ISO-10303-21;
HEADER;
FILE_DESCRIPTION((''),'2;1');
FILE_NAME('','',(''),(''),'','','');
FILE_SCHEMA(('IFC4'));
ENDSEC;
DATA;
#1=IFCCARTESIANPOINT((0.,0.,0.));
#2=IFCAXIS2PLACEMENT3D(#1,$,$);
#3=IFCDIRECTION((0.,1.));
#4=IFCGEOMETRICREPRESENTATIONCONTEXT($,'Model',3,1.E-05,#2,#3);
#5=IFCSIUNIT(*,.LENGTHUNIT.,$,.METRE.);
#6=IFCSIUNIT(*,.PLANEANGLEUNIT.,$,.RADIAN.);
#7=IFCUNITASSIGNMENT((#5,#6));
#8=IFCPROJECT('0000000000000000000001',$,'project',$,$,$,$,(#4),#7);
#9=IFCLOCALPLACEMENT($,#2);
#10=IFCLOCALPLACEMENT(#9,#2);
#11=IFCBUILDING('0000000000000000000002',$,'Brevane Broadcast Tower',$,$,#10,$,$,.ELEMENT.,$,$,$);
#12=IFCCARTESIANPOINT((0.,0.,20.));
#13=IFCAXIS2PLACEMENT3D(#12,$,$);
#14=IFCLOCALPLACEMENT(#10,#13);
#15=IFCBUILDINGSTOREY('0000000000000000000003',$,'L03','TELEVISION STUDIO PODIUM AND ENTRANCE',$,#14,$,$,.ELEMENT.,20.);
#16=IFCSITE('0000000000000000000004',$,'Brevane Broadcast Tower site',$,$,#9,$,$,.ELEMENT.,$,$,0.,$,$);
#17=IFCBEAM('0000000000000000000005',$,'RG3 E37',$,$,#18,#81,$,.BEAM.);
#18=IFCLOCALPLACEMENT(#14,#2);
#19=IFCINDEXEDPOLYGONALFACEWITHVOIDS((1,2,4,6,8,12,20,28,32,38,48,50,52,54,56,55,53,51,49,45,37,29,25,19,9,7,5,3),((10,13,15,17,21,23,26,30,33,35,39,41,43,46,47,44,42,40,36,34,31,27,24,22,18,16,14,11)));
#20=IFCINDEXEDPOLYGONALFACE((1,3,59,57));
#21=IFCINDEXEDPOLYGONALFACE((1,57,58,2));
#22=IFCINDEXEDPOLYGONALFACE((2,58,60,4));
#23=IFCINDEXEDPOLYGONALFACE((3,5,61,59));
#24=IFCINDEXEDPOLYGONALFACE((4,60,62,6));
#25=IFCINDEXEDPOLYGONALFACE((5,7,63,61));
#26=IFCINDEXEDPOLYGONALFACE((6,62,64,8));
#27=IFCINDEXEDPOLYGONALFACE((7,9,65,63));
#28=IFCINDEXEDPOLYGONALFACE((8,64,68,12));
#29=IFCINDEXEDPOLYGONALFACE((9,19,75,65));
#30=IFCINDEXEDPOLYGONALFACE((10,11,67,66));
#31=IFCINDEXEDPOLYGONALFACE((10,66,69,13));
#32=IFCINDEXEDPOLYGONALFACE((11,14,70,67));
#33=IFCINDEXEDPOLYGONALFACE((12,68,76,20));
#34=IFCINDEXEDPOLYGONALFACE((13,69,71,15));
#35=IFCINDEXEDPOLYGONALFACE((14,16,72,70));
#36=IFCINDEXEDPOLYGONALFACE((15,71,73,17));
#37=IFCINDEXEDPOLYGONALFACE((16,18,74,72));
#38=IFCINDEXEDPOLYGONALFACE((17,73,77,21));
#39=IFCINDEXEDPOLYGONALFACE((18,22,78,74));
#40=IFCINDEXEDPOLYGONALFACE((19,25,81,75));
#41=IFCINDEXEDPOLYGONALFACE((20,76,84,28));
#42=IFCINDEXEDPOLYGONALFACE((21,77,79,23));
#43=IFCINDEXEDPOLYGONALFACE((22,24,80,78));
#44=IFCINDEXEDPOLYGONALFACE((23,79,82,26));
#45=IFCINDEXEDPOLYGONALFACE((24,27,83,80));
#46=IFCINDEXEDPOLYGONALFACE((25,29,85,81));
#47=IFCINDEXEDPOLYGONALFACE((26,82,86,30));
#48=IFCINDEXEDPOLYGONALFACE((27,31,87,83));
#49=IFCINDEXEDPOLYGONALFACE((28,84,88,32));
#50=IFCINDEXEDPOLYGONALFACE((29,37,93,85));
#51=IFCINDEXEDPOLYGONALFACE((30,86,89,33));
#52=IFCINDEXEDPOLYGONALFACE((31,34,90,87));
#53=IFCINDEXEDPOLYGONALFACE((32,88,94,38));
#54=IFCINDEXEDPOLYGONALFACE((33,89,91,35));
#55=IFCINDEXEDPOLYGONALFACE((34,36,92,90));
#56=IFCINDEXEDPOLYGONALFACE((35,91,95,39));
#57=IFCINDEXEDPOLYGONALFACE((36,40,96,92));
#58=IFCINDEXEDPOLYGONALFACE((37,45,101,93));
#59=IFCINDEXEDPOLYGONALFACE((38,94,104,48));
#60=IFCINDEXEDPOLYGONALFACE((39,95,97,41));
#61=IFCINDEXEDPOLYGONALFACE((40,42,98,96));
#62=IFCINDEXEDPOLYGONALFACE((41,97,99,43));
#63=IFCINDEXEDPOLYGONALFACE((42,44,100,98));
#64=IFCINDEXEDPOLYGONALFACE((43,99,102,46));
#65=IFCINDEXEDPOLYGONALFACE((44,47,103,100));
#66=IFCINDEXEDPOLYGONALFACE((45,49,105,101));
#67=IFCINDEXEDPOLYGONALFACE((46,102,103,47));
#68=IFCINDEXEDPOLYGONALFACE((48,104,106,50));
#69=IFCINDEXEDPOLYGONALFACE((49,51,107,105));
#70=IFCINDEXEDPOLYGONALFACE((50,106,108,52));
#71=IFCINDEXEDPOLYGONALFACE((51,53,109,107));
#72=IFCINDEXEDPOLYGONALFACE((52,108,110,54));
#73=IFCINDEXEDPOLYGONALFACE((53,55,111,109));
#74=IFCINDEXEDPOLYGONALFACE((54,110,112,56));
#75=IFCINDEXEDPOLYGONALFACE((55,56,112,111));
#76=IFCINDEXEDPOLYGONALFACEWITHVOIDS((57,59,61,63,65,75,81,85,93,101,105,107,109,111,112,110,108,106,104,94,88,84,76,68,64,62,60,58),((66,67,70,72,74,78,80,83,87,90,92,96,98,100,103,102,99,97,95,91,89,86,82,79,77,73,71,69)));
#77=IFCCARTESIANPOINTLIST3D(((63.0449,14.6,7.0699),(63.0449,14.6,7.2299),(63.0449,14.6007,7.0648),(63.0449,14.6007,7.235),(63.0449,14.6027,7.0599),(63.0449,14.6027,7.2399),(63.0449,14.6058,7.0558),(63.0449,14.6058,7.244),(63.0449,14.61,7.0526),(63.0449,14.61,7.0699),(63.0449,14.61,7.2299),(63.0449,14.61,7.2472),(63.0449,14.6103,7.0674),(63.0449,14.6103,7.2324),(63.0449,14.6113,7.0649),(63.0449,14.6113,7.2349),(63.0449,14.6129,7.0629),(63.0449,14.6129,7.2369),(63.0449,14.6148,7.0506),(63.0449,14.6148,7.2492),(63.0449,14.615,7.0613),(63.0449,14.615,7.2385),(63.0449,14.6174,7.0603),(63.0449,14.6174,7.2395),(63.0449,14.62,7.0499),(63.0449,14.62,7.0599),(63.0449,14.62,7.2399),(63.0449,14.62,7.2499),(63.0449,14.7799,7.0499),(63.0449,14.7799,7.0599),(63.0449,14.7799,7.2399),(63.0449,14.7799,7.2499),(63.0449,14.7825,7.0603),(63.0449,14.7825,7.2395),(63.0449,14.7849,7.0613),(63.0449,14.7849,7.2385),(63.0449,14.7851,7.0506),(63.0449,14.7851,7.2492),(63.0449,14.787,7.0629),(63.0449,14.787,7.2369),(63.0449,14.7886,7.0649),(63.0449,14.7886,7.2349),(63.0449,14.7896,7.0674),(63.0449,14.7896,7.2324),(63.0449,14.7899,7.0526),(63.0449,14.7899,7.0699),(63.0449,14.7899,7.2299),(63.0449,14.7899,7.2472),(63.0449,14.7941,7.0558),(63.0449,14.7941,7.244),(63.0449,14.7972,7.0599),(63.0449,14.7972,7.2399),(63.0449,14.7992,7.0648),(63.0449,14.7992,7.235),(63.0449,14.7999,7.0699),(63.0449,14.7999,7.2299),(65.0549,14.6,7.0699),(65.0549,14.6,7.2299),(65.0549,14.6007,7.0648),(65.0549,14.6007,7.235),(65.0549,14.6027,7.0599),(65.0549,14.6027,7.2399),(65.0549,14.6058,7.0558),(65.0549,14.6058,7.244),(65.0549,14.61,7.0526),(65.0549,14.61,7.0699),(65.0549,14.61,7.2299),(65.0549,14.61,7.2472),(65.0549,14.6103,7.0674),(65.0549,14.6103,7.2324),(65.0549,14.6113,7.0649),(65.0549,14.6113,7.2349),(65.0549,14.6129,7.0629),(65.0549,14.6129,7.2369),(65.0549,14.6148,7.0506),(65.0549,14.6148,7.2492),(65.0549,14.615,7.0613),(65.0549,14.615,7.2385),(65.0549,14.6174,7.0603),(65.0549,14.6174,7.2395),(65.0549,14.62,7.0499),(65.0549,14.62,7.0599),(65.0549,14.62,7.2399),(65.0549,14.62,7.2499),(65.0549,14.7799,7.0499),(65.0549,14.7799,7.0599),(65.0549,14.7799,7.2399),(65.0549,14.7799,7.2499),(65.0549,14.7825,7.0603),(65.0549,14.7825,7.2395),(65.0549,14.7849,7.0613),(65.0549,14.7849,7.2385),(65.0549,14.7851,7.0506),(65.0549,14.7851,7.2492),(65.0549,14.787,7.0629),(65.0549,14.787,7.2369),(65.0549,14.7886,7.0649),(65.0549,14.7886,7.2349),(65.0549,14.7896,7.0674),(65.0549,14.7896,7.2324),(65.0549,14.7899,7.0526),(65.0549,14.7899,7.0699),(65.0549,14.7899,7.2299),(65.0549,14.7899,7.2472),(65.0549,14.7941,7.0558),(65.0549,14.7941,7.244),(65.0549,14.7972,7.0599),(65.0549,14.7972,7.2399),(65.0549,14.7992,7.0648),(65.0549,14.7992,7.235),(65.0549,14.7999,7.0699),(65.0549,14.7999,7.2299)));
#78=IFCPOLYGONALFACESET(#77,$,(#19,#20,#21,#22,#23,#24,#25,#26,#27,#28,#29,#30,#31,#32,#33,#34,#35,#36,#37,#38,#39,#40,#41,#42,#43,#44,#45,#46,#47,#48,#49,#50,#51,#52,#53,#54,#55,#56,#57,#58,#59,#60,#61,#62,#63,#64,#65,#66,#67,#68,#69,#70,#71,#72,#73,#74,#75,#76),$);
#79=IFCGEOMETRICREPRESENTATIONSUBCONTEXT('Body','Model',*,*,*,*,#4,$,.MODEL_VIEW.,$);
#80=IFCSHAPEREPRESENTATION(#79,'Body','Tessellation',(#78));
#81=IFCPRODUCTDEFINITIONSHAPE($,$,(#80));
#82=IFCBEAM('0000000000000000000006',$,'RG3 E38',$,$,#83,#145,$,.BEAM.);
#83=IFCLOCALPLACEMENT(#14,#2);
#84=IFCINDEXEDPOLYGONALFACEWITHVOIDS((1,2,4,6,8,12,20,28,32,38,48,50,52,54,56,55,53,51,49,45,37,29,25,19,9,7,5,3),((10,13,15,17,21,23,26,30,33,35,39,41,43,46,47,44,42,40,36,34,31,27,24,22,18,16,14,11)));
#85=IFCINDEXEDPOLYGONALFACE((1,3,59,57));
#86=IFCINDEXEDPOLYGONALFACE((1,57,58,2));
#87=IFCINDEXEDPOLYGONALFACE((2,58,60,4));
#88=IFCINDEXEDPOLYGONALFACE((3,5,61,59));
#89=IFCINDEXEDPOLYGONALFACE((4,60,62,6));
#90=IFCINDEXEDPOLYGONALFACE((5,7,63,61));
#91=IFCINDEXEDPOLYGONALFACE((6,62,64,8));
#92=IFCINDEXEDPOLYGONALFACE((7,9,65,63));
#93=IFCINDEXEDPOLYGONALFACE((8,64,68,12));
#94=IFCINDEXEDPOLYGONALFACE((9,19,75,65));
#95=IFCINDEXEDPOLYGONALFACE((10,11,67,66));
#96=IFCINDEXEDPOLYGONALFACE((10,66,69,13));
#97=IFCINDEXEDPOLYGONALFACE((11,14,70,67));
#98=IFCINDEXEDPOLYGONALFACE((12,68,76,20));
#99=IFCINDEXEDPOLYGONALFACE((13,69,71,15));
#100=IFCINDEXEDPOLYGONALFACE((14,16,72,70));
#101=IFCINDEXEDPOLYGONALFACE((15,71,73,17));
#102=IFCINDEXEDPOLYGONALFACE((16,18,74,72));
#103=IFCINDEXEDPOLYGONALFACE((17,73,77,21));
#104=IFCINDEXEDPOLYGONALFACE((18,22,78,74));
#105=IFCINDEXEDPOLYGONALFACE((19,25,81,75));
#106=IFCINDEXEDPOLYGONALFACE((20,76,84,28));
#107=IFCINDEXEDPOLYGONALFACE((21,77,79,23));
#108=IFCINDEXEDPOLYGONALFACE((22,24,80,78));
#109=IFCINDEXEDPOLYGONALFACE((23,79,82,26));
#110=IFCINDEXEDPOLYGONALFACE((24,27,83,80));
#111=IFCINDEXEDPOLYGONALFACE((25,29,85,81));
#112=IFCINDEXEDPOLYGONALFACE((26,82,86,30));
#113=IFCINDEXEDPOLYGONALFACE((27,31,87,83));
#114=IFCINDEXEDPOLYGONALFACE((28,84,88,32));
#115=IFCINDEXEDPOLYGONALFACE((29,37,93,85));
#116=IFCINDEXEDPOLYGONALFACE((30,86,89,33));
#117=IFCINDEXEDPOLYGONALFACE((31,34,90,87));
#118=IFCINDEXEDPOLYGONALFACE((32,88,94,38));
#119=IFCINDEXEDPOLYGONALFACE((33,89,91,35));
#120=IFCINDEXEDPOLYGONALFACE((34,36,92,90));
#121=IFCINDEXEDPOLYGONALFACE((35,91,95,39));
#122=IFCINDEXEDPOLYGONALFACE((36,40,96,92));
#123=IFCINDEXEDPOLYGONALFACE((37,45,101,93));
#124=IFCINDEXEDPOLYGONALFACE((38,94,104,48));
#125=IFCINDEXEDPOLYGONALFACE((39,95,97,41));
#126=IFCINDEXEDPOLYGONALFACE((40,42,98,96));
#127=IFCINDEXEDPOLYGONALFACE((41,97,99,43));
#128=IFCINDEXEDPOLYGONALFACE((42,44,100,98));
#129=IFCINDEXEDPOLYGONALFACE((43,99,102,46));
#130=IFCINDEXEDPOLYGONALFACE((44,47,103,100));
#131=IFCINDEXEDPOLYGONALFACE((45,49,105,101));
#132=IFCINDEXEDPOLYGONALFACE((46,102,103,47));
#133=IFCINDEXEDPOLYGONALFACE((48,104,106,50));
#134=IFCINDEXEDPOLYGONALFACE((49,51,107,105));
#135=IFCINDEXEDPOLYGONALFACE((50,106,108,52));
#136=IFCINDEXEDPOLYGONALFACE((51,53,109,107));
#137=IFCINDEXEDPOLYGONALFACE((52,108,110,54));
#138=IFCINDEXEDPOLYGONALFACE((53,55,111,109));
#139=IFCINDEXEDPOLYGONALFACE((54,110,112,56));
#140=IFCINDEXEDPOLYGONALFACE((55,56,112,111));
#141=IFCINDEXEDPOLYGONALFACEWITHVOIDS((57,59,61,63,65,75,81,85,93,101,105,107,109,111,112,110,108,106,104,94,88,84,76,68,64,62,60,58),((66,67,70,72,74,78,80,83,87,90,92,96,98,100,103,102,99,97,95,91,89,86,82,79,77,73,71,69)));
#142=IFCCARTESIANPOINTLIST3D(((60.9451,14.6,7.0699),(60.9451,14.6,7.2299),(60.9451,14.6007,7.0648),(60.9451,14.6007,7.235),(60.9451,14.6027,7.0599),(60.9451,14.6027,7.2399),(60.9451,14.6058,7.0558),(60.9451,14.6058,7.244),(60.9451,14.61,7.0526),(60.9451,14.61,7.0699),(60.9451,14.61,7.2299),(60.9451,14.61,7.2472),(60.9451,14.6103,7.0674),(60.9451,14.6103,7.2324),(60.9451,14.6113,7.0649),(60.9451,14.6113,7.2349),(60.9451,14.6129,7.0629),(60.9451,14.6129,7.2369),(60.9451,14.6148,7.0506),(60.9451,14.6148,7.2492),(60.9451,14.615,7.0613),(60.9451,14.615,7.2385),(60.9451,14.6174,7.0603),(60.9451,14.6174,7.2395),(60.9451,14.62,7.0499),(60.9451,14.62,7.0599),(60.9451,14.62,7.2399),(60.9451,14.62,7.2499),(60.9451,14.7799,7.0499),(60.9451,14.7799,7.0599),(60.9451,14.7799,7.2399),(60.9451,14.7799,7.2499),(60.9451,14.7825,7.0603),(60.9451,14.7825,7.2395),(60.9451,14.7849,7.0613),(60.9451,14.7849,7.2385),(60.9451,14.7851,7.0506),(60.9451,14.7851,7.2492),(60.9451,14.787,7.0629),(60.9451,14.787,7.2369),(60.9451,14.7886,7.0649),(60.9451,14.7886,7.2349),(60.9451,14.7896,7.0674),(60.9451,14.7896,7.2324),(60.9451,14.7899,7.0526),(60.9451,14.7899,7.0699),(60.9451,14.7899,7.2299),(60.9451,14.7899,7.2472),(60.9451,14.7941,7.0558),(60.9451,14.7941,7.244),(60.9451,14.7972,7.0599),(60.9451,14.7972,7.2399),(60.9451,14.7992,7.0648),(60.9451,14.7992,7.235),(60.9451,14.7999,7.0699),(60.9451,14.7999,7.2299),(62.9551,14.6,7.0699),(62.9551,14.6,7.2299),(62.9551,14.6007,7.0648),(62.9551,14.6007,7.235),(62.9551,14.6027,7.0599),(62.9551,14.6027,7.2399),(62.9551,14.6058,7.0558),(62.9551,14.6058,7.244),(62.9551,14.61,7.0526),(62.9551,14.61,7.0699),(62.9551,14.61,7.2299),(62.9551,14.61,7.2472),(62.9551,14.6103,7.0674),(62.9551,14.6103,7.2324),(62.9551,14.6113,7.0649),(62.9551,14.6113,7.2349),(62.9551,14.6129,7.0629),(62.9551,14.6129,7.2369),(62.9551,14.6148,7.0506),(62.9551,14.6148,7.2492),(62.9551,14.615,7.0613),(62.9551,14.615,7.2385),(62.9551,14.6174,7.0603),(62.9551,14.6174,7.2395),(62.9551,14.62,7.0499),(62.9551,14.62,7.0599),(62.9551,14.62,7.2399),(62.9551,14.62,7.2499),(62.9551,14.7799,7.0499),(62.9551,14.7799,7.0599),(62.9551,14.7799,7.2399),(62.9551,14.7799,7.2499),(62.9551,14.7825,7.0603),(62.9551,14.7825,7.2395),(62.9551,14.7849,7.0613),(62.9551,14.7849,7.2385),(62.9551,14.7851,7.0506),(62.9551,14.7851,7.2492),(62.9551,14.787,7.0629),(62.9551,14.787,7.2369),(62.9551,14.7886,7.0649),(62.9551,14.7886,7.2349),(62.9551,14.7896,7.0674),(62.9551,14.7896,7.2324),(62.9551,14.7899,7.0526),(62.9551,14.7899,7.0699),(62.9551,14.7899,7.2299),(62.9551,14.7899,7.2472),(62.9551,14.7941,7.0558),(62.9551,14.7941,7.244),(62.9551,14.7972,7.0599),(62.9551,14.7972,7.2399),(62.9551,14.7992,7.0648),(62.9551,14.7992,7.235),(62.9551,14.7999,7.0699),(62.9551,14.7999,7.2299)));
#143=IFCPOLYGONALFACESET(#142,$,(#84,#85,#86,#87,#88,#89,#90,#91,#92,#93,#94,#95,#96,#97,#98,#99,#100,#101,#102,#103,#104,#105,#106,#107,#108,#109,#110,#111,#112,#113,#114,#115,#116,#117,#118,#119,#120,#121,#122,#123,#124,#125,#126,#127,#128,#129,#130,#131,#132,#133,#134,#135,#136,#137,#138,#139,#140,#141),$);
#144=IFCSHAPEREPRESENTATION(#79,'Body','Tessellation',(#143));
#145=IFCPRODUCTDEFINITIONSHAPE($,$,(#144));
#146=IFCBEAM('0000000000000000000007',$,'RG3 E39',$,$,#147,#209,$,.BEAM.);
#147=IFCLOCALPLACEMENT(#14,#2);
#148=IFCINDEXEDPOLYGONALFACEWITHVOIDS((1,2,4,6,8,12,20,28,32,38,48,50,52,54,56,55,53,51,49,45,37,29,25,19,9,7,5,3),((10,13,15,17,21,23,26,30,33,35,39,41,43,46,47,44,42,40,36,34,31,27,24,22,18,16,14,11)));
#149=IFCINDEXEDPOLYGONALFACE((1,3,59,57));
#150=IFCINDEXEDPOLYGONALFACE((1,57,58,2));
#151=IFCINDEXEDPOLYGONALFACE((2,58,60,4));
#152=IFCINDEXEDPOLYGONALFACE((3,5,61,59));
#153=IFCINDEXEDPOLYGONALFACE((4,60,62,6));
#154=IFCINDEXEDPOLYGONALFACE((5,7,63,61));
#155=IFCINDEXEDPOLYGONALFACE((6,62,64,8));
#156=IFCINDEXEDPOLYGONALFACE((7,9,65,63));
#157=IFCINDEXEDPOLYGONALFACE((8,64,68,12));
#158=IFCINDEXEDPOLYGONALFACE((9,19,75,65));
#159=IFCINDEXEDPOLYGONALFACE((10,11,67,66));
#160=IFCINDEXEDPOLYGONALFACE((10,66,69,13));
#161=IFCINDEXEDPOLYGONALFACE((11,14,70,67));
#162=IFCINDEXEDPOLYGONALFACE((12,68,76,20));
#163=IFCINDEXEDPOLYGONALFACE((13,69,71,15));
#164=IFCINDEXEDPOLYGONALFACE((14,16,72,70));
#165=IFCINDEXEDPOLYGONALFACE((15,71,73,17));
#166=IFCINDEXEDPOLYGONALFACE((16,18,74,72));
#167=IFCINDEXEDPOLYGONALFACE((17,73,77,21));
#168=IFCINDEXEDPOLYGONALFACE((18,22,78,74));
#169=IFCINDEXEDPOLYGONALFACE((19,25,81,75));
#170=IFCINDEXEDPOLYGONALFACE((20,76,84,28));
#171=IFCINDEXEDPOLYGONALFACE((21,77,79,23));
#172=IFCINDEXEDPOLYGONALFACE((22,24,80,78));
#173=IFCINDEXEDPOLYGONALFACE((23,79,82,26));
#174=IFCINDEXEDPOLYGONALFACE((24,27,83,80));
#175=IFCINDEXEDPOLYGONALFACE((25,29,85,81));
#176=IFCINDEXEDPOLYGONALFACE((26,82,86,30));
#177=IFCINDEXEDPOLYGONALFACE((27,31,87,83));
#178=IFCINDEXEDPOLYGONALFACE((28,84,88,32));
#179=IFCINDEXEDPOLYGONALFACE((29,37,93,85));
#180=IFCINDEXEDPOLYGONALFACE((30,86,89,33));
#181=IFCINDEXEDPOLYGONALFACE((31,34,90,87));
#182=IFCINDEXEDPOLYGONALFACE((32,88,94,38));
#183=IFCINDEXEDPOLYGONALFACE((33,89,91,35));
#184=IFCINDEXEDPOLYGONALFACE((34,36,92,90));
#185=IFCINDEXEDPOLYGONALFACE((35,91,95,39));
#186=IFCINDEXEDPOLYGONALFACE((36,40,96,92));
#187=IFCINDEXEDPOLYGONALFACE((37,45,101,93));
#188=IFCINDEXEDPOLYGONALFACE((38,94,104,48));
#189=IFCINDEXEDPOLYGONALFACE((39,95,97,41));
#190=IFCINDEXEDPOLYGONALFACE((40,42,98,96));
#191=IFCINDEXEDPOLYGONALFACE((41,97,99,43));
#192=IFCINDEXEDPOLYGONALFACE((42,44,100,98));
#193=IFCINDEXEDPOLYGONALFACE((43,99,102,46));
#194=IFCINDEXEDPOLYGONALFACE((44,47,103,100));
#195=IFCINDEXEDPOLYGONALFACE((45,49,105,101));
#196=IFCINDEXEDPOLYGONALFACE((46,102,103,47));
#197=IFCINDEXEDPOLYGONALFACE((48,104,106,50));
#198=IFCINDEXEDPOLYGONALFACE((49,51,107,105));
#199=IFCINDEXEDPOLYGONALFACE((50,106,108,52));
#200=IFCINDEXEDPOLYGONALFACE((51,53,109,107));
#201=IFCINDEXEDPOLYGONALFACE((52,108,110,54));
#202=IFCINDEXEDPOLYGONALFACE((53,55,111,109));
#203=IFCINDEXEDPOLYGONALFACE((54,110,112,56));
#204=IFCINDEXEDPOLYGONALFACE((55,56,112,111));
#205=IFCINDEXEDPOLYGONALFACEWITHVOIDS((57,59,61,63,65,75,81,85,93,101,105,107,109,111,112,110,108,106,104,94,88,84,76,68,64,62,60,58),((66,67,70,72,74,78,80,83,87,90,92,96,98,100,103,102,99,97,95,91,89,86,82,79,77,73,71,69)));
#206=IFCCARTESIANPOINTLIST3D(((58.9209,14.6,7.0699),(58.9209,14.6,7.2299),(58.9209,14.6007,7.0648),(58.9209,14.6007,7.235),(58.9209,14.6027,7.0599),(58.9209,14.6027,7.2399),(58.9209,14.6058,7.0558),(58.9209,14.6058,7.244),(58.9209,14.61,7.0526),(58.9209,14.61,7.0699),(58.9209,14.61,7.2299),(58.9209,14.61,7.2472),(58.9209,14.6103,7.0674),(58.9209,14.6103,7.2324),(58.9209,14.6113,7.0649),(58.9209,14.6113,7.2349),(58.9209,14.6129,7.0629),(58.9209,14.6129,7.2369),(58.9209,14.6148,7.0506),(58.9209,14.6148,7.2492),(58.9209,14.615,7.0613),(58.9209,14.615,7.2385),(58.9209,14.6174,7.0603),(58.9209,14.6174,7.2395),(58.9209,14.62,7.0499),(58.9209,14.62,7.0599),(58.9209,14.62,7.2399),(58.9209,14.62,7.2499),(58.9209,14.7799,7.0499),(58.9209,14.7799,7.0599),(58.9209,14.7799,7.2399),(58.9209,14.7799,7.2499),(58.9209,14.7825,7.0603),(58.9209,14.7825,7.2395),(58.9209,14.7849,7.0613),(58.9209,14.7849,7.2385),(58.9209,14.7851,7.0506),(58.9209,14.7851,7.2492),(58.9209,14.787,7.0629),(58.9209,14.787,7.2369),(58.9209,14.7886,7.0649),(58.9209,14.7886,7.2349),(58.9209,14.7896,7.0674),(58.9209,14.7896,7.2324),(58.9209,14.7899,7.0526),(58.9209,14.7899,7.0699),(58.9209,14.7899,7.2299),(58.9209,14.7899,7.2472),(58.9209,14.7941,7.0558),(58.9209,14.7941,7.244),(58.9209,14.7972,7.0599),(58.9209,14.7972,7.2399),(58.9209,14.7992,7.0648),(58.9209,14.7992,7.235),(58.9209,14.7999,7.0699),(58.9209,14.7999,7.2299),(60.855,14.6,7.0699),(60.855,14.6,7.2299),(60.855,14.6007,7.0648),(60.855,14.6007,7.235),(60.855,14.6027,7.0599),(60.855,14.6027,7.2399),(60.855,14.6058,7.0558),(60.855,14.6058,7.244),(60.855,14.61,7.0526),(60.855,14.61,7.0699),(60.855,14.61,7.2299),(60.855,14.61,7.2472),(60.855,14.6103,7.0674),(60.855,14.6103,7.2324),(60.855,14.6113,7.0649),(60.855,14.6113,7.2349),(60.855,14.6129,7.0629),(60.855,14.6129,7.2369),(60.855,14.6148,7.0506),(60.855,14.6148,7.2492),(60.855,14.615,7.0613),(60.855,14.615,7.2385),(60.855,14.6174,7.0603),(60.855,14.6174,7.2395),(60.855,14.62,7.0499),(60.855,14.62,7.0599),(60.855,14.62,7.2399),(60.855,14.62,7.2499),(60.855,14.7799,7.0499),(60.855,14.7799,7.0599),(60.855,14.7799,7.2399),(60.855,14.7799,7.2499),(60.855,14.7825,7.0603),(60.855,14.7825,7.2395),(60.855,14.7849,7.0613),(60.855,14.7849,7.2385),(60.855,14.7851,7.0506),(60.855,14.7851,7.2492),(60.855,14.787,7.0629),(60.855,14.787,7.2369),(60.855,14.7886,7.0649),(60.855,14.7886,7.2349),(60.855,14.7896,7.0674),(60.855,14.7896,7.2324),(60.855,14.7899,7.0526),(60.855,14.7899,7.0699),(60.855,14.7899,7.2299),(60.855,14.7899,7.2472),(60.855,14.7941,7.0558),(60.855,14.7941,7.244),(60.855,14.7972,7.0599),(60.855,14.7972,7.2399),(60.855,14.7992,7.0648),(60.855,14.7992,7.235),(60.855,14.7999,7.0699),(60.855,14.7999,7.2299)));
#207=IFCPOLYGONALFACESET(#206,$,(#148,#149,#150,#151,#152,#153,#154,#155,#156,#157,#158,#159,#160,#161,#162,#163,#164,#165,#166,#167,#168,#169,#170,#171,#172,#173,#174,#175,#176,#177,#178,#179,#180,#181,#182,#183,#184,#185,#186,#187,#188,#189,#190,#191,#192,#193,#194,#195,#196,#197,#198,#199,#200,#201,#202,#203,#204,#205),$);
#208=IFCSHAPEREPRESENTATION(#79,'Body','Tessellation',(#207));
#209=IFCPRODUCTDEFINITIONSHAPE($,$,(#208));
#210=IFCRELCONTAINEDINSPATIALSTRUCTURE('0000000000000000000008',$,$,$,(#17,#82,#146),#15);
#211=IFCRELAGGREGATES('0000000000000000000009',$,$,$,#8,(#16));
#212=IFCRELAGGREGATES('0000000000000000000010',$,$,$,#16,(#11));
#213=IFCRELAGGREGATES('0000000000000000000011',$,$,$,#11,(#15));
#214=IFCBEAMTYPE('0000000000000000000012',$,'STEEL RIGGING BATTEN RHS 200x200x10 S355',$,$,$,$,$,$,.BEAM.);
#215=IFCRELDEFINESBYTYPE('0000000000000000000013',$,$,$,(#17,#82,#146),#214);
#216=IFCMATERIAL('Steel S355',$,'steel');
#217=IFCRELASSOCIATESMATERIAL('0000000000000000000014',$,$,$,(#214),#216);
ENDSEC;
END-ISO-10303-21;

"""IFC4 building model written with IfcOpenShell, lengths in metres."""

from ifc_helpers import new_model, si_unit, direction, frame, origin, origin_2d, place, context, subcontext, project, spatial, hollow_rectangle, extrude, material, material_profile, profile_set, type_object, element, save


model = new_model("IFC4")

# Units and contexts
model_context = context("Model", 3, precision=1e-05, world=origin(), true_north=direction((0.0, 1.0)))
body_context = subcontext(model_context, "Body", "Model", "MODEL_VIEW")
ifc_project = project(units=[si_unit("LENGTHUNIT", "METRE"), si_unit("PLANEANGLEUNIT", "RADIAN")], contexts=[model_context])

# Site, building, storey
site_placement = place(None, origin())
site = spatial("IfcSite", under=ifc_project, at=site_placement, Name="Brevane Broadcast Tower site", CompositionType="ELEMENT", RefElevation=0.0)
building_placement = place(site_placement, origin())
building = spatial("IfcBuilding", under=site, at=building_placement, Name="Brevane Broadcast Tower", CompositionType="ELEMENT")
storey_placement = place(building_placement, frame((0.0, 0.0, 20.0)))
storey = spatial("IfcBuildingStorey", under=building, at=storey_placement, Name="L03", Description="TELEVISION STUDIO PODIUM AND ENTRANCE", CompositionType="ELEMENT", Elevation=20.0)

# Beams
ifc_material_1 = material(Name="Steel S355", Category="steel")
ifc_material_profile_1 = material_profile(ifc_material_1, hollow_rectangle(XDim=0.2, YDim=0.2, WallThickness=0.01, InnerFilletRadius=0.01, OuterFilletRadius=0.02, at=origin_2d()), Name="RHS 200x200x10")
ifc_profile_set_1 = profile_set([ifc_material_profile_1], Name="Steel S355")
beam_type_1 = type_object("IfcBeamType", Name="STEEL RIGGING BATTEN RHS 200x200x10 S355", PredefinedType="BEAM", material=ifc_profile_set_1)
for number, where, z_axis, x_axis, name in (
    (1, (65.0549, 14.7, 7.1499), (-1.0, 0.0, 0.0), (0.0, -1.0, 0.0), "RG3 E37"),
    (2, (62.9551, 14.7, 7.1499), (-1.0, 0.0, 0.0), (0.0, -1.0, 0.0), "RG3 E38"),
):
    element("IfcBeam", number, at=place(storey_placement, frame(where, z_axis=z_axis, x_axis=x_axis)), inside=storey, type_object=beam_type_1, Name=name, PredefinedType="BEAM", context=body_context, shape_type="SweptSolid", body=[
        extrude(hollow_rectangle(XDim=0.2, YDim=0.2, WallThickness=0.01, InnerFilletRadius=0.01, OuterFilletRadius=0.02, at=origin_2d()), origin(), (0.0, 0.0, 1.0), 2.01),
    ])
beam_1_placement = place(storey_placement, frame((60.855, 14.7, 7.1499), z_axis=(-1.0, 0.0, 0.0), x_axis=(0.0, -1.0, 0.0)))
element("IfcBeam", 3, at=beam_1_placement, inside=storey, type_object=beam_type_1, Name="RG3 E39", PredefinedType="BEAM", context=body_context, shape_type="SweptSolid", body=[
    extrude(hollow_rectangle(XDim=0.2, YDim=0.2, WallThickness=0.01, InnerFilletRadius=0.01, OuterFilletRadius=0.02, at=origin_2d()), origin(), (0.0, 0.0, 1.0), 1.9341),
])

save(model, "model.ifc")
